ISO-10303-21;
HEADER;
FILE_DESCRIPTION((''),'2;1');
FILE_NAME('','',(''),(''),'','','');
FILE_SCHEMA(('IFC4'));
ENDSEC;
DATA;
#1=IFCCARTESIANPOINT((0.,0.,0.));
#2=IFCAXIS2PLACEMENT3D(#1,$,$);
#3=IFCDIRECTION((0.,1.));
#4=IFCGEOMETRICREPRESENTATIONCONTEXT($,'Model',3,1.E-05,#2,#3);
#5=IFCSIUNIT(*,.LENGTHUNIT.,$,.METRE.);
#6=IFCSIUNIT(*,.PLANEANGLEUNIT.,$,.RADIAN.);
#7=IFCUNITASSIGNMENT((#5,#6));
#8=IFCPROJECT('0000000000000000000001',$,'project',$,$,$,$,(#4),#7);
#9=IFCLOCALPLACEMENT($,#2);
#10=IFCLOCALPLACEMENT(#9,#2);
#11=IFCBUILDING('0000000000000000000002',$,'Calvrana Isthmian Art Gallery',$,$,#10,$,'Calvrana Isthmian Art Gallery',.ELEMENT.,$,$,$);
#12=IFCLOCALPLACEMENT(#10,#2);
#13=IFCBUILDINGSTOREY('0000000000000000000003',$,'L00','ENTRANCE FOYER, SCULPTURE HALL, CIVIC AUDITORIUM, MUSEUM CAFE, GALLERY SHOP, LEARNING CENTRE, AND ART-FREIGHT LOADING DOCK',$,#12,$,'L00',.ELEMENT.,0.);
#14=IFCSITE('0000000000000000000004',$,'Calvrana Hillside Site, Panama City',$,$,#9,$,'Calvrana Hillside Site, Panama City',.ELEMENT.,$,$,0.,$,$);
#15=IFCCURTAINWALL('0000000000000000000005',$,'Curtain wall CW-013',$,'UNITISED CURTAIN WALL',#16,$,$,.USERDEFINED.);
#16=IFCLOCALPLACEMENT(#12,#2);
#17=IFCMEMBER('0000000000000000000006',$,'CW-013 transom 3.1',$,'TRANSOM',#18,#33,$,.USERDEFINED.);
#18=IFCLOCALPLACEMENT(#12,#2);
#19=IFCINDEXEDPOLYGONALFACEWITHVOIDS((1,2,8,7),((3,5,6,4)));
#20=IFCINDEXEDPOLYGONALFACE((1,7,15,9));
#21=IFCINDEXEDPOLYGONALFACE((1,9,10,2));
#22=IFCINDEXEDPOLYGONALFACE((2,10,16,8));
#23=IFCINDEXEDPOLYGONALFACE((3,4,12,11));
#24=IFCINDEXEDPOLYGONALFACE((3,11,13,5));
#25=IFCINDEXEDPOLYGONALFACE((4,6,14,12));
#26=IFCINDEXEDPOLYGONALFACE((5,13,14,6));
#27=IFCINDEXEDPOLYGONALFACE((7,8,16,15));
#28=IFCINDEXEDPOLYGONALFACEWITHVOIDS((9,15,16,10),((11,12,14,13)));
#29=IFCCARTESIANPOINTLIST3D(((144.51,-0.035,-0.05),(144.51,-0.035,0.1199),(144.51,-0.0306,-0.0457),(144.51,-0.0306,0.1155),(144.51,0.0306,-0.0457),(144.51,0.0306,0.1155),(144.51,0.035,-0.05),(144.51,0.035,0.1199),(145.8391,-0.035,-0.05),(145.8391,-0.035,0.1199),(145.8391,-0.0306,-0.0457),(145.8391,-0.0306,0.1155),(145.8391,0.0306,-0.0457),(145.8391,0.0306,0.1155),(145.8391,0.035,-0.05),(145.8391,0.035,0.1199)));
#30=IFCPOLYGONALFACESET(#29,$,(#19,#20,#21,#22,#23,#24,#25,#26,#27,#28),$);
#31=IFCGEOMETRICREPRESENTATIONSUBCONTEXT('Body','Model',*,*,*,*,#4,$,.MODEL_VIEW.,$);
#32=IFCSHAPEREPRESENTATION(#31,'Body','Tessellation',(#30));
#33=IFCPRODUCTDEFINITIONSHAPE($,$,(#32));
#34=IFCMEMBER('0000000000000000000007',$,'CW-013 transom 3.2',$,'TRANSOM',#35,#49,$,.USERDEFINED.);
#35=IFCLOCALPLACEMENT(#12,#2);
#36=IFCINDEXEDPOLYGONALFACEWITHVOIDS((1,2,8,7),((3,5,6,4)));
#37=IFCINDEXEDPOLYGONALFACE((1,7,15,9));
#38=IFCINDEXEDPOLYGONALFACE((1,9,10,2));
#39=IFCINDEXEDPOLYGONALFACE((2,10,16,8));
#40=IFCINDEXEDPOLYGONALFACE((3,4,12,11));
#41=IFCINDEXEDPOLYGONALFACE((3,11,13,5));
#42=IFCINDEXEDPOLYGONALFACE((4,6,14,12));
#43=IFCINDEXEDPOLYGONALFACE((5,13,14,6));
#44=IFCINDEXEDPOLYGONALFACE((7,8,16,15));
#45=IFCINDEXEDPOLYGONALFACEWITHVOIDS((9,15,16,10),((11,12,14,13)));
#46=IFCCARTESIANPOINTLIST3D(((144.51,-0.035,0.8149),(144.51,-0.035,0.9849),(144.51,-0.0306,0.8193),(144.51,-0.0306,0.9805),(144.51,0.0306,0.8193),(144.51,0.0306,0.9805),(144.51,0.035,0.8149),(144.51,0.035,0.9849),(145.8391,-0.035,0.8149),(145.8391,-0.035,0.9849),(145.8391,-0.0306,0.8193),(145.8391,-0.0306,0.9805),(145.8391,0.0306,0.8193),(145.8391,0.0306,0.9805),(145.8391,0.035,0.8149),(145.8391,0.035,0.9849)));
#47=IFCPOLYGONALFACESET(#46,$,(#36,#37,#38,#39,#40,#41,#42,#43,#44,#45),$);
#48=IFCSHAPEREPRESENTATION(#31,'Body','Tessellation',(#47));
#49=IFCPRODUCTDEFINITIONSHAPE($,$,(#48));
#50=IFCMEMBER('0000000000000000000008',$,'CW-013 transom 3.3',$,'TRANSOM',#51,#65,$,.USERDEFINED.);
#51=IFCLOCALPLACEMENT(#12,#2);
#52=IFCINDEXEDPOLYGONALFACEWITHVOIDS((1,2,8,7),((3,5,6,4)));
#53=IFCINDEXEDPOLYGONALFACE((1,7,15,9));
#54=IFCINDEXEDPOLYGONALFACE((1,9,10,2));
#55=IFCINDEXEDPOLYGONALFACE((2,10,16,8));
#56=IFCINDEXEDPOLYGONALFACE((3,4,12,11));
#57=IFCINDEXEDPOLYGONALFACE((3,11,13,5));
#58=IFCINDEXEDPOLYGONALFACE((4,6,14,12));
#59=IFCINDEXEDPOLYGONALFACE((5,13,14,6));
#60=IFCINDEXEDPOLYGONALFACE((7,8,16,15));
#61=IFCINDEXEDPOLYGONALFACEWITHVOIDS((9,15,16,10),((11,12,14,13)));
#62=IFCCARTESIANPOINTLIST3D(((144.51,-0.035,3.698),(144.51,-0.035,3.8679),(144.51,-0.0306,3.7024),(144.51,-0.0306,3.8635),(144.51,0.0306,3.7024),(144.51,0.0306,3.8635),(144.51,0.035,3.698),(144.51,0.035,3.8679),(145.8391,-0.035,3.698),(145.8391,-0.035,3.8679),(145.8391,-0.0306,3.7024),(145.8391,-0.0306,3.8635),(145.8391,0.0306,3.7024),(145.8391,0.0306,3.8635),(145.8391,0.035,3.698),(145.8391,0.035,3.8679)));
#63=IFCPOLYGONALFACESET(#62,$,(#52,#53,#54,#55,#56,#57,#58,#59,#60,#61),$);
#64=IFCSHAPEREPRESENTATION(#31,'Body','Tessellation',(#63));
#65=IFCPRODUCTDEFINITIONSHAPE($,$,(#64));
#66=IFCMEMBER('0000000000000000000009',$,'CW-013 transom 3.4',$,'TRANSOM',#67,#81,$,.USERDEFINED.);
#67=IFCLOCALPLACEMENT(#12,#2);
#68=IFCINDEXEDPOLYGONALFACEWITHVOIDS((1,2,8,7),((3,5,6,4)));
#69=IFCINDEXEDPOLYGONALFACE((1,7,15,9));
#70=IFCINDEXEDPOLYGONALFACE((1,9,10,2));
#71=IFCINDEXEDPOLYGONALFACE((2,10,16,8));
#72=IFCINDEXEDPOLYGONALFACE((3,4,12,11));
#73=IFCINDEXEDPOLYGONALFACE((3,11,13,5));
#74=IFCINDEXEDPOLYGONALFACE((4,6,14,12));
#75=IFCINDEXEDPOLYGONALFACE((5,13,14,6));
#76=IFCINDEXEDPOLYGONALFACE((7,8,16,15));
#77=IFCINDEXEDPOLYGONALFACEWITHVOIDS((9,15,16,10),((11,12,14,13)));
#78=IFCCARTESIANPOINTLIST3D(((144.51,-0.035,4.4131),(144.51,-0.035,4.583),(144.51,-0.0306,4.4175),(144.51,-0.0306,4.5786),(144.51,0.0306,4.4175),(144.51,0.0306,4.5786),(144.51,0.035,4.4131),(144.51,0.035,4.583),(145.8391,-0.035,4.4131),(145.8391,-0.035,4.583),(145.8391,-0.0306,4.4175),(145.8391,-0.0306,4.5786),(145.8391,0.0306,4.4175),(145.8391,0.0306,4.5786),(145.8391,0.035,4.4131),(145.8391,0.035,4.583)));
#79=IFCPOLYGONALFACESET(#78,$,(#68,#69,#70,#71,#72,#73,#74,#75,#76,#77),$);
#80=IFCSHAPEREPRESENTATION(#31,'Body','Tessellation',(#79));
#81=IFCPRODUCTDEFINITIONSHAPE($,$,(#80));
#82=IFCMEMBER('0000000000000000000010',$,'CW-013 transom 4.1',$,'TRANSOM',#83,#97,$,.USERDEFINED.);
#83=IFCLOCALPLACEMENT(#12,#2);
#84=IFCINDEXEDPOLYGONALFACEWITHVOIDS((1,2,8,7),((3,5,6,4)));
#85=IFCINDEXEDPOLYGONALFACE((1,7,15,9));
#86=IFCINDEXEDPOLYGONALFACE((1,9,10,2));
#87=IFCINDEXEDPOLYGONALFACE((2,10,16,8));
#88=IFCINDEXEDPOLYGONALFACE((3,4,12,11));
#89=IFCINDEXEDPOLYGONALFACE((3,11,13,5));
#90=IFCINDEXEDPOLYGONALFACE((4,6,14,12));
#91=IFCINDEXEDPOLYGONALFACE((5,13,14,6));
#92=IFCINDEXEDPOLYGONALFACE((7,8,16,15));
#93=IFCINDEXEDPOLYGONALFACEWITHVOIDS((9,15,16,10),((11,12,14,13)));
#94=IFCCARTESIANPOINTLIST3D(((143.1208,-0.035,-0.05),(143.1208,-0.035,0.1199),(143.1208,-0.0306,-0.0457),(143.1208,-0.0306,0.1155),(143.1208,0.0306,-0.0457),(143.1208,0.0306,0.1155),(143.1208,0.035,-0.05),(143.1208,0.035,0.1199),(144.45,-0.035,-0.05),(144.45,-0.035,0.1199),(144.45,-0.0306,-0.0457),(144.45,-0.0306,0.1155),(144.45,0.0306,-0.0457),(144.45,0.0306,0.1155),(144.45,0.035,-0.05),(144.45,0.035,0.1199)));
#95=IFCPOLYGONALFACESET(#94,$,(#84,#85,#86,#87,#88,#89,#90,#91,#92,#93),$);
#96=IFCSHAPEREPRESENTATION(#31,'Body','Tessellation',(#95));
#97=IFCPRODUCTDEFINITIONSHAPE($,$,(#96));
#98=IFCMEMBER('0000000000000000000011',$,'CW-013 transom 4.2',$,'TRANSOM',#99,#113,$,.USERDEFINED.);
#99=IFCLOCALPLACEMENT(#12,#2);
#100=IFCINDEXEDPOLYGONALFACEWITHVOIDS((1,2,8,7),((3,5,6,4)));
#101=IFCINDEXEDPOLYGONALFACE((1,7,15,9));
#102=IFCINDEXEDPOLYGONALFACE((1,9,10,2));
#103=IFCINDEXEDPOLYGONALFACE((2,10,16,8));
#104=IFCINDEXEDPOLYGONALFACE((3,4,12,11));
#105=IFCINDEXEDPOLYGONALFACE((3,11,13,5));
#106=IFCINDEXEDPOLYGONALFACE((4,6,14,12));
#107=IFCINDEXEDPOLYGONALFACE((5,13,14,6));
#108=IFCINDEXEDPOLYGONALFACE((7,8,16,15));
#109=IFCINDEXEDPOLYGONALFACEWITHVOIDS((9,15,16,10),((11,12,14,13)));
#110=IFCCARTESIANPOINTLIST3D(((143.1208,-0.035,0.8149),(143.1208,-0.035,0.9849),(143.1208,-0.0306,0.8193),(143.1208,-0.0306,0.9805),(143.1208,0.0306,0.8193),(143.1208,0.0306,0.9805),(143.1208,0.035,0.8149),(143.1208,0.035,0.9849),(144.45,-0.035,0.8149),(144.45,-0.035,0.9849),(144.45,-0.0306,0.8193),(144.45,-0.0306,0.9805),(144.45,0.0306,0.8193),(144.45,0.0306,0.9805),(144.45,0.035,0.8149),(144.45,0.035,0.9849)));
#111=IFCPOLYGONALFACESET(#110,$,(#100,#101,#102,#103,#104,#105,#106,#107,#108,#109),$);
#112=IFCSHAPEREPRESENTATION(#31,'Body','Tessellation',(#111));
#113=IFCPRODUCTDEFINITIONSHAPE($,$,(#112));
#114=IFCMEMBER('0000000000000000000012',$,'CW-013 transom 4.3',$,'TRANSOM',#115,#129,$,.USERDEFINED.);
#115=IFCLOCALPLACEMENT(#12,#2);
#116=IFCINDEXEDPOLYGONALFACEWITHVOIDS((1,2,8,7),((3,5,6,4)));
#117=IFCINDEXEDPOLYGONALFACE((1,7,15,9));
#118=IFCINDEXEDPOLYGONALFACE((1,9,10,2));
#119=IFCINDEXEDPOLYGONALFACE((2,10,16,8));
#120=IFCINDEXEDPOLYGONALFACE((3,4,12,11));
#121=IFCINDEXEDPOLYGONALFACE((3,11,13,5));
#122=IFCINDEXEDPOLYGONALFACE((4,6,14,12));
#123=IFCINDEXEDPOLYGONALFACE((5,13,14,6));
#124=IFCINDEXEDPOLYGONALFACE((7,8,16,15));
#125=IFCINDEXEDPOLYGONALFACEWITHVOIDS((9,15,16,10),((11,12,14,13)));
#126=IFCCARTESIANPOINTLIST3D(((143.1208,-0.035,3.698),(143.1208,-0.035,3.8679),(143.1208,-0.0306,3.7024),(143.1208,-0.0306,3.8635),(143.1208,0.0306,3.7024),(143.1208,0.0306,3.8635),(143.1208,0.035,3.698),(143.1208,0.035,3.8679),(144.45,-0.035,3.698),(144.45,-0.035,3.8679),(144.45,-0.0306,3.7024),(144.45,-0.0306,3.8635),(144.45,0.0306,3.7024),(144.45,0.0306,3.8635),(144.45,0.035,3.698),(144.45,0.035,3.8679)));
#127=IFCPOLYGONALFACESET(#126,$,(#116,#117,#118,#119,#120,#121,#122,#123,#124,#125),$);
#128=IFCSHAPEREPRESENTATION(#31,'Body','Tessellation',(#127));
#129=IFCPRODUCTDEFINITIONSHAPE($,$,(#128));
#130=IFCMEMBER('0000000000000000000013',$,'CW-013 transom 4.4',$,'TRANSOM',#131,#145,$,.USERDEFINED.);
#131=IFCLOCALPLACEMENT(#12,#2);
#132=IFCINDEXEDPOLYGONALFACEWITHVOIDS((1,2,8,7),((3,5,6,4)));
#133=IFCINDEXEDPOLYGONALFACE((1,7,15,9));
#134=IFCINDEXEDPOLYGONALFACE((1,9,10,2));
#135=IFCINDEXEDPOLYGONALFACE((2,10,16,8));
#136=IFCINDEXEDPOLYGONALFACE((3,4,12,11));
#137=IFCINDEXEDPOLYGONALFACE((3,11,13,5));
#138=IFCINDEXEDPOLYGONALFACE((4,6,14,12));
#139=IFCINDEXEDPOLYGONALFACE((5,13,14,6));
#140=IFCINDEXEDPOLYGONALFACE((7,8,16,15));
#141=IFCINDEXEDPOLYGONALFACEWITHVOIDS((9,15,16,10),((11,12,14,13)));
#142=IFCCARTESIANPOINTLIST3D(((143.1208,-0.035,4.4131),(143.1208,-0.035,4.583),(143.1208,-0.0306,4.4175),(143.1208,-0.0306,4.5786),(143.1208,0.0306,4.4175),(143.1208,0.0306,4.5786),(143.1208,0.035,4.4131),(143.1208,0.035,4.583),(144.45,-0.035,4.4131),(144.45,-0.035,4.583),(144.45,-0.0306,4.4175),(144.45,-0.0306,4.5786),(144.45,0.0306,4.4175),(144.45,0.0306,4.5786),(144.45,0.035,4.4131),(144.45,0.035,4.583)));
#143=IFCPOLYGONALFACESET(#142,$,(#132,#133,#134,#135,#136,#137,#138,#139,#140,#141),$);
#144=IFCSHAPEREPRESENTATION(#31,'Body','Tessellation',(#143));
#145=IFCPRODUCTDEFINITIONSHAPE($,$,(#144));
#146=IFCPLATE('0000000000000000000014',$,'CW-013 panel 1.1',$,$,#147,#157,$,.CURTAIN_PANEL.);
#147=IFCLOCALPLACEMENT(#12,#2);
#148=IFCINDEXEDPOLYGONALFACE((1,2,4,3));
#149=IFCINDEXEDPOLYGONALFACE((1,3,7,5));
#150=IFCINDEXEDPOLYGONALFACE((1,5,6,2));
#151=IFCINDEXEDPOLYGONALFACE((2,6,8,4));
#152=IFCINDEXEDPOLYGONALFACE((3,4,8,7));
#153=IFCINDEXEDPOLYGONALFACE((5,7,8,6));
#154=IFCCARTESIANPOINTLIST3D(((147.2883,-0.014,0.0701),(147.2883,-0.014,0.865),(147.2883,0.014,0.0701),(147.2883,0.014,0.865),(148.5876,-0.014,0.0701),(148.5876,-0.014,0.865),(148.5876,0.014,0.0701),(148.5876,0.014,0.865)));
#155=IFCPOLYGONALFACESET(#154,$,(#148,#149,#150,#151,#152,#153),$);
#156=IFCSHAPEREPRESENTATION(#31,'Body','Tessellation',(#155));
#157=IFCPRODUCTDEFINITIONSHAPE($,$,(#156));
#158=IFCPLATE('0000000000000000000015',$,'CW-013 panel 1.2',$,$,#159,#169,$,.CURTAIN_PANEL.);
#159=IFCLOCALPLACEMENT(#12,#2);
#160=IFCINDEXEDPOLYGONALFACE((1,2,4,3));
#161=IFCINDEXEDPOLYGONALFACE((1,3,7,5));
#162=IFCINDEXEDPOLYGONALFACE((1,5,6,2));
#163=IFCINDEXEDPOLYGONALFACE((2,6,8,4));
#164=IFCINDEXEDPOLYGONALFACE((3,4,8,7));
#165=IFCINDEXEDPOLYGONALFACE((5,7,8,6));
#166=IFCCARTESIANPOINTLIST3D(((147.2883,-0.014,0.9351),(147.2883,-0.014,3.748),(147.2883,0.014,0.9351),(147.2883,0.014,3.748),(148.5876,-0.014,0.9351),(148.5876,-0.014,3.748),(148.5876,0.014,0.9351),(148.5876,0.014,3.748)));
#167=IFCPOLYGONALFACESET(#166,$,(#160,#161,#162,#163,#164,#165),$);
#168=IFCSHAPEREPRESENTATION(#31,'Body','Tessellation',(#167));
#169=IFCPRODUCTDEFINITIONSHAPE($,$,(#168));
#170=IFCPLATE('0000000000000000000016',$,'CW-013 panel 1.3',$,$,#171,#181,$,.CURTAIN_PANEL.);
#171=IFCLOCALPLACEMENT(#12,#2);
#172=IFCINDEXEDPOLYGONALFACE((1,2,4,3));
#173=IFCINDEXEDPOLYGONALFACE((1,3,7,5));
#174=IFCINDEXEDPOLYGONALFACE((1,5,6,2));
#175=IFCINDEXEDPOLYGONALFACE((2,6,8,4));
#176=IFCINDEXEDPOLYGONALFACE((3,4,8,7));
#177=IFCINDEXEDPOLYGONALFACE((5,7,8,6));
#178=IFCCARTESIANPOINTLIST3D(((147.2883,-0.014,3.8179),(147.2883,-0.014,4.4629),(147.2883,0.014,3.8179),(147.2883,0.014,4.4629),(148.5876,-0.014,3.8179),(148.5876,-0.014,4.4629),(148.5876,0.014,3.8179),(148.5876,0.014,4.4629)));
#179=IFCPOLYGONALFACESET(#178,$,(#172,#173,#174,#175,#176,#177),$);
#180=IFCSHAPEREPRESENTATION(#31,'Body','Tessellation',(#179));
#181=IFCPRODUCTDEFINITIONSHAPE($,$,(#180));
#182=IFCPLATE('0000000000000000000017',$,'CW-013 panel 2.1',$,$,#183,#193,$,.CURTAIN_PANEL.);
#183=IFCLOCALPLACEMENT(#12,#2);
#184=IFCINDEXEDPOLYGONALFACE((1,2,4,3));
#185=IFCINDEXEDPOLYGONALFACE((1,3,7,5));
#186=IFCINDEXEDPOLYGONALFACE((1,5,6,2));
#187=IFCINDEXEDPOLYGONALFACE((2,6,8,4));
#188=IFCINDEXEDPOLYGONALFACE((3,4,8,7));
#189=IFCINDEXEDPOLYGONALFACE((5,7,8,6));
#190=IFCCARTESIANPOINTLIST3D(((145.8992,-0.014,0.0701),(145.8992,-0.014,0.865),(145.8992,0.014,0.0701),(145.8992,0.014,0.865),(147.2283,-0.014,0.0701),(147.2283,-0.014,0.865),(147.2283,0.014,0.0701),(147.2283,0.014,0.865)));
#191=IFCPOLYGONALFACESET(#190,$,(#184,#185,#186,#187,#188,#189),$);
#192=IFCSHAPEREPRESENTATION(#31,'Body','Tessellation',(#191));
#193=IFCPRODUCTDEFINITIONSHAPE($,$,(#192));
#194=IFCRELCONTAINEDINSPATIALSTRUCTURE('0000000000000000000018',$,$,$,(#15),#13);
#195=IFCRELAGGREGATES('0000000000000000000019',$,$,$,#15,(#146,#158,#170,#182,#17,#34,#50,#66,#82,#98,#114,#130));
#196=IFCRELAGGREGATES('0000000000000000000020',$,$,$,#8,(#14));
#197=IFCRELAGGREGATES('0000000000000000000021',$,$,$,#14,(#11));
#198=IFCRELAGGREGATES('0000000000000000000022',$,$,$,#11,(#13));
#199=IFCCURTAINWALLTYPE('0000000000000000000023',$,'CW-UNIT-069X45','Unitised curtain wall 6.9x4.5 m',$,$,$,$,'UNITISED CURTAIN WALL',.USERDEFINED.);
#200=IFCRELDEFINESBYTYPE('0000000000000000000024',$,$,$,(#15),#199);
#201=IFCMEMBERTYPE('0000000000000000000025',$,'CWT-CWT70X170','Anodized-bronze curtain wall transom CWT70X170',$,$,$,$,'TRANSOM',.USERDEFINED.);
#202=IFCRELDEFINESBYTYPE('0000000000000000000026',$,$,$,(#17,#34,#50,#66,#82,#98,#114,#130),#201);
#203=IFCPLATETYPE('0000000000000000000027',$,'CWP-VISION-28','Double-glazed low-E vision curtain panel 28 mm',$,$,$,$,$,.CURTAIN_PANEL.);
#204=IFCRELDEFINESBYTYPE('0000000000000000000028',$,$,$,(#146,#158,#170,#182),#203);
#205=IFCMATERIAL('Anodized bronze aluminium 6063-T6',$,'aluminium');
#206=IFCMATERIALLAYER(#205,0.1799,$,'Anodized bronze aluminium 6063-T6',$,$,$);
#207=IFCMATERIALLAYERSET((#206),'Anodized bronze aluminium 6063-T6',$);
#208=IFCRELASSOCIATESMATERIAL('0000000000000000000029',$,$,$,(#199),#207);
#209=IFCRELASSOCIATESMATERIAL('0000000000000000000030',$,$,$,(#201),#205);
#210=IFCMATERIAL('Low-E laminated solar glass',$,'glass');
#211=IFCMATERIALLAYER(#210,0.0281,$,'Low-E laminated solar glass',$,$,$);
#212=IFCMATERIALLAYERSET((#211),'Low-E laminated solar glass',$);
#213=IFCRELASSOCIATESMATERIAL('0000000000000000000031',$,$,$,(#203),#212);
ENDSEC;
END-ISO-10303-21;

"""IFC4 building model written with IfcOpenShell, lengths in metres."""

from ifc_helpers import new_model, si_unit, direction, frame, origin, origin_2d, place, context, subcontext, project, spatial, rectangle, hollow_rectangle, extrude, material, layer, layer_set, material_profile, profile_set, type_object, element, aggregate, save


model = new_model("IFC4")

# Units and contexts
model_context = context("Model", 3, precision=1e-05, world=origin(), true_north=direction((0.0, 1.0)))
body_context = subcontext(model_context, "Body", "Model", "MODEL_VIEW")
ifc_project = project(units=[si_unit("LENGTHUNIT", "METRE"), si_unit("PLANEANGLEUNIT", "RADIAN")], contexts=[model_context])

# Site, building, storey
site_placement = place(None, origin())
site = spatial("IfcSite", under=ifc_project, at=site_placement, Name="Calvrana Hillside Site, Panama City", LongName="Calvrana Hillside Site, Panama City", CompositionType="ELEMENT", RefElevation=0.0)
building_placement = place(site_placement, origin())
building = spatial("IfcBuilding", under=site, at=building_placement, Name="Calvrana Isthmian Art Gallery", LongName="Calvrana Isthmian Art Gallery", CompositionType="ELEMENT")
storey_placement = place(building_placement, origin())
storey = spatial("IfcBuildingStorey", under=building, at=storey_placement, Name="L00", Description="ENTRANCE FOYER, SCULPTURE HALL, CIVIC AUDITORIUM, MUSEUM CAFE, GALLERY SHOP, LEARNING CENTRE, AND ART-FREIGHT LOADING DOCK", LongName="L00", CompositionType="ELEMENT", Elevation=0.0)

# Curtain wall
ifc_material_1 = material(Name="Anodized bronze aluminium 6063-T6", Category="aluminium")
ifc_layer_1 = layer(ifc_material_1, 0.1799, Name="Anodized bronze aluminium 6063-T6")
ifc_layer_set_1 = layer_set([ifc_layer_1], Name="Anodized bronze aluminium 6063-T6")
curtain_wall_type_1 = type_object("IfcCurtainWallType", Name="CW-UNIT-069X45", Description="Unitised curtain wall 6.9x4.5 m", ElementType="UNITISED CURTAIN WALL", PredefinedType="USERDEFINED", material=ifc_layer_set_1)
curtain_wall_1_placement = place(storey_placement, origin())
curtain_wall_1 = element("IfcCurtainWall", 1, at=curtain_wall_1_placement, inside=storey, type_object=curtain_wall_type_1, Name="Curtain wall CW-013", ObjectType="UNITISED CURTAIN WALL", PredefinedType="USERDEFINED")

# Members
ifc_material_profile_1 = material_profile(ifc_material_1, hollow_rectangle(XDim=0.0701, YDim=0.1699, WallThickness=0.0044, at=origin_2d()), Name="CWT70X170")
ifc_profile_set_1 = profile_set([ifc_material_profile_1], Name="Anodized bronze aluminium 6063-T6")
member_type_1 = type_object("IfcMemberType", Name="CWT-CWT70X170", Description="Anodized-bronze curtain wall transom CWT70X170", ElementType="TRANSOM", PredefinedType="USERDEFINED", material=ifc_profile_set_1)
member_1_placement = place(storey_placement, frame((145.8391, 0.0, 0.0349), z_axis=(-1.0, 0.0, 0.0), x_axis=(0.0, -1.0, 0.0)))
member_1 = element("IfcMember", 2, at=member_1_placement, type_object=member_type_1, Name="CW-013 transom 3.1", ObjectType="TRANSOM", PredefinedType="USERDEFINED", context=body_context, shape_type="SweptSolid", body=[
    extrude(hollow_rectangle(XDim=0.0701, YDim=0.1699, WallThickness=0.0044, at=origin_2d()), origin(), (0.0, 0.0, 1.0), 1.3291),
])
member_2_placement = place(storey_placement, frame((145.8391, 0.0, 0.8999), z_axis=(-1.0, 0.0, 0.0), x_axis=(0.0, -1.0, 0.0)))
member_2 = element("IfcMember", 3, at=member_2_placement, type_object=member_type_1, Name="CW-013 transom 3.2", ObjectType="TRANSOM", PredefinedType="USERDEFINED", context=body_context, shape_type="SweptSolid", body=[
    extrude(hollow_rectangle(XDim=0.0701, YDim=0.1699, WallThickness=0.0044, at=origin_2d()), origin(), (0.0, 0.0, 1.0), 1.3291),
])
member_3_placement = place(storey_placement, frame((145.8391, 0.0, 3.783), z_axis=(-1.0, 0.0, 0.0), x_axis=(0.0, -1.0, 0.0)))
member_3 = element("IfcMember", 4, at=member_3_placement, type_object=member_type_1, Name="CW-013 transom 3.3", ObjectType="TRANSOM", PredefinedType="USERDEFINED", context=body_context, shape_type="SweptSolid", body=[
    extrude(hollow_rectangle(XDim=0.0701, YDim=0.1699, WallThickness=0.0044, at=origin_2d()), origin(), (0.0, 0.0, 1.0), 1.3291),
])
member_4_placement = place(storey_placement, frame((145.8391, 0.0, 4.498), z_axis=(-1.0, 0.0, 0.0), x_axis=(0.0, -1.0, 0.0)))
member_4 = element("IfcMember", 5, at=member_4_placement, type_object=member_type_1, Name="CW-013 transom 3.4", ObjectType="TRANSOM", PredefinedType="USERDEFINED", context=body_context, shape_type="SweptSolid", body=[
    extrude(hollow_rectangle(XDim=0.0701, YDim=0.1699, WallThickness=0.0044, at=origin_2d()), origin(), (0.0, 0.0, 1.0), 1.3291),
])
member_5_placement = place(storey_placement, frame((144.45, 0.0, 0.0349), z_axis=(-1.0, 0.0, 0.0), x_axis=(0.0, -1.0, 0.0)))
member_5 = element("IfcMember", 6, at=member_5_placement, type_object=member_type_1, Name="CW-013 transom 4.1", ObjectType="TRANSOM", PredefinedType="USERDEFINED", context=body_context, shape_type="SweptSolid", body=[
    extrude(hollow_rectangle(XDim=0.0701, YDim=0.1699, WallThickness=0.0044, at=origin_2d()), origin(), (0.0, 0.0, 1.0), 1.3291),
])
member_6_placement = place(storey_placement, frame((144.45, 0.0, 0.8999), z_axis=(-1.0, 0.0, 0.0), x_axis=(0.0, -1.0, 0.0)))
member_6 = element("IfcMember", 7, at=member_6_placement, type_object=member_type_1, Name="CW-013 transom 4.2", ObjectType="TRANSOM", PredefinedType="USERDEFINED", context=body_context, shape_type="SweptSolid", body=[
    extrude(hollow_rectangle(XDim=0.0701, YDim=0.1699, WallThickness=0.0044, at=origin_2d()), origin(), (0.0, 0.0, 1.0), 1.3291),
])
member_7_placement = place(storey_placement, frame((144.45, 0.0, 3.783), z_axis=(-1.0, 0.0, 0.0), x_axis=(0.0, -1.0, 0.0)))
member_7 = element("IfcMember", 8, at=member_7_placement, type_object=member_type_1, Name="CW-013 transom 4.3", ObjectType="TRANSOM", PredefinedType="USERDEFINED", context=body_context, shape_type="SweptSolid", body=[
    extrude(hollow_rectangle(XDim=0.0701, YDim=0.1699, WallThickness=0.0044, at=origin_2d()), origin(), (0.0, 0.0, 1.0), 1.3291),
])
member_8_placement = place(storey_placement, frame((144.45, 0.0, 4.498), z_axis=(-1.0, 0.0, 0.0), x_axis=(0.0, -1.0, 0.0)))
member_8 = element("IfcMember", 9, at=member_8_placement, type_object=member_type_1, Name="CW-013 transom 4.4", ObjectType="TRANSOM", PredefinedType="USERDEFINED", context=body_context, shape_type="SweptSolid", body=[
    extrude(hollow_rectangle(XDim=0.0701, YDim=0.1699, WallThickness=0.0044, at=origin_2d()), origin(), (0.0, 0.0, 1.0), 1.3291),
])

# Plates
ifc_material_2 = material(Name="Low-E laminated solar glass", Category="glass")
ifc_layer_2 = layer(ifc_material_2, 0.0281, Name="Low-E laminated solar glass")
ifc_layer_set_2 = layer_set([ifc_layer_2], Name="Low-E laminated solar glass")
plate_type_1 = type_object("IfcPlateType", Name="CWP-VISION-28", Description="Double-glazed low-E vision curtain panel 28 mm", PredefinedType="CURTAIN_PANEL", material=ifc_layer_set_2)
plate_1_placement = place(storey_placement, frame((147.938, 0.0, 0.0701), z_axis=(0.0, 0.0, 1.0), x_axis=(-1.0, 0.0, 0.0)))
plate_1 = element("IfcPlate", 10, at=plate_1_placement, type_object=plate_type_1, Name="CW-013 panel 1.1", PredefinedType="CURTAIN_PANEL", context=body_context, shape_type="SweptSolid", body=[
    extrude(rectangle(XDim=1.2993, YDim=0.0281, at=origin_2d()), origin(), (0.0, 0.0, 1.0), 0.7949),
])
plate_2_placement = place(storey_placement, frame((147.938, 0.0, 0.9351), z_axis=(0.0, 0.0, 1.0), x_axis=(-1.0, 0.0, 0.0)))
plate_2 = element("IfcPlate", 11, at=plate_2_placement, type_object=plate_type_1, Name="CW-013 panel 1.2", PredefinedType="CURTAIN_PANEL", context=body_context, shape_type="SweptSolid", body=[
    extrude(rectangle(XDim=1.2993, YDim=0.0281, at=origin_2d()), origin(), (0.0, 0.0, 1.0), 2.813),
])
plate_3_placement = place(storey_placement, frame((147.938, 0.0, 3.8179), z_axis=(0.0, 0.0, 1.0), x_axis=(-1.0, 0.0, 0.0)))
plate_3 = element("IfcPlate", 12, at=plate_3_placement, type_object=plate_type_1, Name="CW-013 panel 1.3", PredefinedType="CURTAIN_PANEL", context=body_context, shape_type="SweptSolid", body=[
    extrude(rectangle(XDim=1.2993, YDim=0.0281, at=origin_2d()), origin(), (0.0, 0.0, 1.0), 0.645),
])
plate_4_placement = place(storey_placement, frame((146.5637, 0.0, 0.0701), z_axis=(0.0, 0.0, 1.0), x_axis=(-1.0, 0.0, 0.0)))
plate_4 = element("IfcPlate", 13, at=plate_4_placement, type_object=plate_type_1, Name="CW-013 panel 2.1", PredefinedType="CURTAIN_PANEL", context=body_context, shape_type="SweptSolid", body=[
    extrude(rectangle(XDim=1.3291, YDim=0.0281, at=origin_2d()), origin(), (0.0, 0.0, 1.0), 0.7949),
])
aggregate(curtain_wall_1, [plate_1, plate_2, plate_3, plate_4, member_1, member_2, member_3, member_4, member_5, member_6, member_7, member_8])

save(model, "model.ifc")
